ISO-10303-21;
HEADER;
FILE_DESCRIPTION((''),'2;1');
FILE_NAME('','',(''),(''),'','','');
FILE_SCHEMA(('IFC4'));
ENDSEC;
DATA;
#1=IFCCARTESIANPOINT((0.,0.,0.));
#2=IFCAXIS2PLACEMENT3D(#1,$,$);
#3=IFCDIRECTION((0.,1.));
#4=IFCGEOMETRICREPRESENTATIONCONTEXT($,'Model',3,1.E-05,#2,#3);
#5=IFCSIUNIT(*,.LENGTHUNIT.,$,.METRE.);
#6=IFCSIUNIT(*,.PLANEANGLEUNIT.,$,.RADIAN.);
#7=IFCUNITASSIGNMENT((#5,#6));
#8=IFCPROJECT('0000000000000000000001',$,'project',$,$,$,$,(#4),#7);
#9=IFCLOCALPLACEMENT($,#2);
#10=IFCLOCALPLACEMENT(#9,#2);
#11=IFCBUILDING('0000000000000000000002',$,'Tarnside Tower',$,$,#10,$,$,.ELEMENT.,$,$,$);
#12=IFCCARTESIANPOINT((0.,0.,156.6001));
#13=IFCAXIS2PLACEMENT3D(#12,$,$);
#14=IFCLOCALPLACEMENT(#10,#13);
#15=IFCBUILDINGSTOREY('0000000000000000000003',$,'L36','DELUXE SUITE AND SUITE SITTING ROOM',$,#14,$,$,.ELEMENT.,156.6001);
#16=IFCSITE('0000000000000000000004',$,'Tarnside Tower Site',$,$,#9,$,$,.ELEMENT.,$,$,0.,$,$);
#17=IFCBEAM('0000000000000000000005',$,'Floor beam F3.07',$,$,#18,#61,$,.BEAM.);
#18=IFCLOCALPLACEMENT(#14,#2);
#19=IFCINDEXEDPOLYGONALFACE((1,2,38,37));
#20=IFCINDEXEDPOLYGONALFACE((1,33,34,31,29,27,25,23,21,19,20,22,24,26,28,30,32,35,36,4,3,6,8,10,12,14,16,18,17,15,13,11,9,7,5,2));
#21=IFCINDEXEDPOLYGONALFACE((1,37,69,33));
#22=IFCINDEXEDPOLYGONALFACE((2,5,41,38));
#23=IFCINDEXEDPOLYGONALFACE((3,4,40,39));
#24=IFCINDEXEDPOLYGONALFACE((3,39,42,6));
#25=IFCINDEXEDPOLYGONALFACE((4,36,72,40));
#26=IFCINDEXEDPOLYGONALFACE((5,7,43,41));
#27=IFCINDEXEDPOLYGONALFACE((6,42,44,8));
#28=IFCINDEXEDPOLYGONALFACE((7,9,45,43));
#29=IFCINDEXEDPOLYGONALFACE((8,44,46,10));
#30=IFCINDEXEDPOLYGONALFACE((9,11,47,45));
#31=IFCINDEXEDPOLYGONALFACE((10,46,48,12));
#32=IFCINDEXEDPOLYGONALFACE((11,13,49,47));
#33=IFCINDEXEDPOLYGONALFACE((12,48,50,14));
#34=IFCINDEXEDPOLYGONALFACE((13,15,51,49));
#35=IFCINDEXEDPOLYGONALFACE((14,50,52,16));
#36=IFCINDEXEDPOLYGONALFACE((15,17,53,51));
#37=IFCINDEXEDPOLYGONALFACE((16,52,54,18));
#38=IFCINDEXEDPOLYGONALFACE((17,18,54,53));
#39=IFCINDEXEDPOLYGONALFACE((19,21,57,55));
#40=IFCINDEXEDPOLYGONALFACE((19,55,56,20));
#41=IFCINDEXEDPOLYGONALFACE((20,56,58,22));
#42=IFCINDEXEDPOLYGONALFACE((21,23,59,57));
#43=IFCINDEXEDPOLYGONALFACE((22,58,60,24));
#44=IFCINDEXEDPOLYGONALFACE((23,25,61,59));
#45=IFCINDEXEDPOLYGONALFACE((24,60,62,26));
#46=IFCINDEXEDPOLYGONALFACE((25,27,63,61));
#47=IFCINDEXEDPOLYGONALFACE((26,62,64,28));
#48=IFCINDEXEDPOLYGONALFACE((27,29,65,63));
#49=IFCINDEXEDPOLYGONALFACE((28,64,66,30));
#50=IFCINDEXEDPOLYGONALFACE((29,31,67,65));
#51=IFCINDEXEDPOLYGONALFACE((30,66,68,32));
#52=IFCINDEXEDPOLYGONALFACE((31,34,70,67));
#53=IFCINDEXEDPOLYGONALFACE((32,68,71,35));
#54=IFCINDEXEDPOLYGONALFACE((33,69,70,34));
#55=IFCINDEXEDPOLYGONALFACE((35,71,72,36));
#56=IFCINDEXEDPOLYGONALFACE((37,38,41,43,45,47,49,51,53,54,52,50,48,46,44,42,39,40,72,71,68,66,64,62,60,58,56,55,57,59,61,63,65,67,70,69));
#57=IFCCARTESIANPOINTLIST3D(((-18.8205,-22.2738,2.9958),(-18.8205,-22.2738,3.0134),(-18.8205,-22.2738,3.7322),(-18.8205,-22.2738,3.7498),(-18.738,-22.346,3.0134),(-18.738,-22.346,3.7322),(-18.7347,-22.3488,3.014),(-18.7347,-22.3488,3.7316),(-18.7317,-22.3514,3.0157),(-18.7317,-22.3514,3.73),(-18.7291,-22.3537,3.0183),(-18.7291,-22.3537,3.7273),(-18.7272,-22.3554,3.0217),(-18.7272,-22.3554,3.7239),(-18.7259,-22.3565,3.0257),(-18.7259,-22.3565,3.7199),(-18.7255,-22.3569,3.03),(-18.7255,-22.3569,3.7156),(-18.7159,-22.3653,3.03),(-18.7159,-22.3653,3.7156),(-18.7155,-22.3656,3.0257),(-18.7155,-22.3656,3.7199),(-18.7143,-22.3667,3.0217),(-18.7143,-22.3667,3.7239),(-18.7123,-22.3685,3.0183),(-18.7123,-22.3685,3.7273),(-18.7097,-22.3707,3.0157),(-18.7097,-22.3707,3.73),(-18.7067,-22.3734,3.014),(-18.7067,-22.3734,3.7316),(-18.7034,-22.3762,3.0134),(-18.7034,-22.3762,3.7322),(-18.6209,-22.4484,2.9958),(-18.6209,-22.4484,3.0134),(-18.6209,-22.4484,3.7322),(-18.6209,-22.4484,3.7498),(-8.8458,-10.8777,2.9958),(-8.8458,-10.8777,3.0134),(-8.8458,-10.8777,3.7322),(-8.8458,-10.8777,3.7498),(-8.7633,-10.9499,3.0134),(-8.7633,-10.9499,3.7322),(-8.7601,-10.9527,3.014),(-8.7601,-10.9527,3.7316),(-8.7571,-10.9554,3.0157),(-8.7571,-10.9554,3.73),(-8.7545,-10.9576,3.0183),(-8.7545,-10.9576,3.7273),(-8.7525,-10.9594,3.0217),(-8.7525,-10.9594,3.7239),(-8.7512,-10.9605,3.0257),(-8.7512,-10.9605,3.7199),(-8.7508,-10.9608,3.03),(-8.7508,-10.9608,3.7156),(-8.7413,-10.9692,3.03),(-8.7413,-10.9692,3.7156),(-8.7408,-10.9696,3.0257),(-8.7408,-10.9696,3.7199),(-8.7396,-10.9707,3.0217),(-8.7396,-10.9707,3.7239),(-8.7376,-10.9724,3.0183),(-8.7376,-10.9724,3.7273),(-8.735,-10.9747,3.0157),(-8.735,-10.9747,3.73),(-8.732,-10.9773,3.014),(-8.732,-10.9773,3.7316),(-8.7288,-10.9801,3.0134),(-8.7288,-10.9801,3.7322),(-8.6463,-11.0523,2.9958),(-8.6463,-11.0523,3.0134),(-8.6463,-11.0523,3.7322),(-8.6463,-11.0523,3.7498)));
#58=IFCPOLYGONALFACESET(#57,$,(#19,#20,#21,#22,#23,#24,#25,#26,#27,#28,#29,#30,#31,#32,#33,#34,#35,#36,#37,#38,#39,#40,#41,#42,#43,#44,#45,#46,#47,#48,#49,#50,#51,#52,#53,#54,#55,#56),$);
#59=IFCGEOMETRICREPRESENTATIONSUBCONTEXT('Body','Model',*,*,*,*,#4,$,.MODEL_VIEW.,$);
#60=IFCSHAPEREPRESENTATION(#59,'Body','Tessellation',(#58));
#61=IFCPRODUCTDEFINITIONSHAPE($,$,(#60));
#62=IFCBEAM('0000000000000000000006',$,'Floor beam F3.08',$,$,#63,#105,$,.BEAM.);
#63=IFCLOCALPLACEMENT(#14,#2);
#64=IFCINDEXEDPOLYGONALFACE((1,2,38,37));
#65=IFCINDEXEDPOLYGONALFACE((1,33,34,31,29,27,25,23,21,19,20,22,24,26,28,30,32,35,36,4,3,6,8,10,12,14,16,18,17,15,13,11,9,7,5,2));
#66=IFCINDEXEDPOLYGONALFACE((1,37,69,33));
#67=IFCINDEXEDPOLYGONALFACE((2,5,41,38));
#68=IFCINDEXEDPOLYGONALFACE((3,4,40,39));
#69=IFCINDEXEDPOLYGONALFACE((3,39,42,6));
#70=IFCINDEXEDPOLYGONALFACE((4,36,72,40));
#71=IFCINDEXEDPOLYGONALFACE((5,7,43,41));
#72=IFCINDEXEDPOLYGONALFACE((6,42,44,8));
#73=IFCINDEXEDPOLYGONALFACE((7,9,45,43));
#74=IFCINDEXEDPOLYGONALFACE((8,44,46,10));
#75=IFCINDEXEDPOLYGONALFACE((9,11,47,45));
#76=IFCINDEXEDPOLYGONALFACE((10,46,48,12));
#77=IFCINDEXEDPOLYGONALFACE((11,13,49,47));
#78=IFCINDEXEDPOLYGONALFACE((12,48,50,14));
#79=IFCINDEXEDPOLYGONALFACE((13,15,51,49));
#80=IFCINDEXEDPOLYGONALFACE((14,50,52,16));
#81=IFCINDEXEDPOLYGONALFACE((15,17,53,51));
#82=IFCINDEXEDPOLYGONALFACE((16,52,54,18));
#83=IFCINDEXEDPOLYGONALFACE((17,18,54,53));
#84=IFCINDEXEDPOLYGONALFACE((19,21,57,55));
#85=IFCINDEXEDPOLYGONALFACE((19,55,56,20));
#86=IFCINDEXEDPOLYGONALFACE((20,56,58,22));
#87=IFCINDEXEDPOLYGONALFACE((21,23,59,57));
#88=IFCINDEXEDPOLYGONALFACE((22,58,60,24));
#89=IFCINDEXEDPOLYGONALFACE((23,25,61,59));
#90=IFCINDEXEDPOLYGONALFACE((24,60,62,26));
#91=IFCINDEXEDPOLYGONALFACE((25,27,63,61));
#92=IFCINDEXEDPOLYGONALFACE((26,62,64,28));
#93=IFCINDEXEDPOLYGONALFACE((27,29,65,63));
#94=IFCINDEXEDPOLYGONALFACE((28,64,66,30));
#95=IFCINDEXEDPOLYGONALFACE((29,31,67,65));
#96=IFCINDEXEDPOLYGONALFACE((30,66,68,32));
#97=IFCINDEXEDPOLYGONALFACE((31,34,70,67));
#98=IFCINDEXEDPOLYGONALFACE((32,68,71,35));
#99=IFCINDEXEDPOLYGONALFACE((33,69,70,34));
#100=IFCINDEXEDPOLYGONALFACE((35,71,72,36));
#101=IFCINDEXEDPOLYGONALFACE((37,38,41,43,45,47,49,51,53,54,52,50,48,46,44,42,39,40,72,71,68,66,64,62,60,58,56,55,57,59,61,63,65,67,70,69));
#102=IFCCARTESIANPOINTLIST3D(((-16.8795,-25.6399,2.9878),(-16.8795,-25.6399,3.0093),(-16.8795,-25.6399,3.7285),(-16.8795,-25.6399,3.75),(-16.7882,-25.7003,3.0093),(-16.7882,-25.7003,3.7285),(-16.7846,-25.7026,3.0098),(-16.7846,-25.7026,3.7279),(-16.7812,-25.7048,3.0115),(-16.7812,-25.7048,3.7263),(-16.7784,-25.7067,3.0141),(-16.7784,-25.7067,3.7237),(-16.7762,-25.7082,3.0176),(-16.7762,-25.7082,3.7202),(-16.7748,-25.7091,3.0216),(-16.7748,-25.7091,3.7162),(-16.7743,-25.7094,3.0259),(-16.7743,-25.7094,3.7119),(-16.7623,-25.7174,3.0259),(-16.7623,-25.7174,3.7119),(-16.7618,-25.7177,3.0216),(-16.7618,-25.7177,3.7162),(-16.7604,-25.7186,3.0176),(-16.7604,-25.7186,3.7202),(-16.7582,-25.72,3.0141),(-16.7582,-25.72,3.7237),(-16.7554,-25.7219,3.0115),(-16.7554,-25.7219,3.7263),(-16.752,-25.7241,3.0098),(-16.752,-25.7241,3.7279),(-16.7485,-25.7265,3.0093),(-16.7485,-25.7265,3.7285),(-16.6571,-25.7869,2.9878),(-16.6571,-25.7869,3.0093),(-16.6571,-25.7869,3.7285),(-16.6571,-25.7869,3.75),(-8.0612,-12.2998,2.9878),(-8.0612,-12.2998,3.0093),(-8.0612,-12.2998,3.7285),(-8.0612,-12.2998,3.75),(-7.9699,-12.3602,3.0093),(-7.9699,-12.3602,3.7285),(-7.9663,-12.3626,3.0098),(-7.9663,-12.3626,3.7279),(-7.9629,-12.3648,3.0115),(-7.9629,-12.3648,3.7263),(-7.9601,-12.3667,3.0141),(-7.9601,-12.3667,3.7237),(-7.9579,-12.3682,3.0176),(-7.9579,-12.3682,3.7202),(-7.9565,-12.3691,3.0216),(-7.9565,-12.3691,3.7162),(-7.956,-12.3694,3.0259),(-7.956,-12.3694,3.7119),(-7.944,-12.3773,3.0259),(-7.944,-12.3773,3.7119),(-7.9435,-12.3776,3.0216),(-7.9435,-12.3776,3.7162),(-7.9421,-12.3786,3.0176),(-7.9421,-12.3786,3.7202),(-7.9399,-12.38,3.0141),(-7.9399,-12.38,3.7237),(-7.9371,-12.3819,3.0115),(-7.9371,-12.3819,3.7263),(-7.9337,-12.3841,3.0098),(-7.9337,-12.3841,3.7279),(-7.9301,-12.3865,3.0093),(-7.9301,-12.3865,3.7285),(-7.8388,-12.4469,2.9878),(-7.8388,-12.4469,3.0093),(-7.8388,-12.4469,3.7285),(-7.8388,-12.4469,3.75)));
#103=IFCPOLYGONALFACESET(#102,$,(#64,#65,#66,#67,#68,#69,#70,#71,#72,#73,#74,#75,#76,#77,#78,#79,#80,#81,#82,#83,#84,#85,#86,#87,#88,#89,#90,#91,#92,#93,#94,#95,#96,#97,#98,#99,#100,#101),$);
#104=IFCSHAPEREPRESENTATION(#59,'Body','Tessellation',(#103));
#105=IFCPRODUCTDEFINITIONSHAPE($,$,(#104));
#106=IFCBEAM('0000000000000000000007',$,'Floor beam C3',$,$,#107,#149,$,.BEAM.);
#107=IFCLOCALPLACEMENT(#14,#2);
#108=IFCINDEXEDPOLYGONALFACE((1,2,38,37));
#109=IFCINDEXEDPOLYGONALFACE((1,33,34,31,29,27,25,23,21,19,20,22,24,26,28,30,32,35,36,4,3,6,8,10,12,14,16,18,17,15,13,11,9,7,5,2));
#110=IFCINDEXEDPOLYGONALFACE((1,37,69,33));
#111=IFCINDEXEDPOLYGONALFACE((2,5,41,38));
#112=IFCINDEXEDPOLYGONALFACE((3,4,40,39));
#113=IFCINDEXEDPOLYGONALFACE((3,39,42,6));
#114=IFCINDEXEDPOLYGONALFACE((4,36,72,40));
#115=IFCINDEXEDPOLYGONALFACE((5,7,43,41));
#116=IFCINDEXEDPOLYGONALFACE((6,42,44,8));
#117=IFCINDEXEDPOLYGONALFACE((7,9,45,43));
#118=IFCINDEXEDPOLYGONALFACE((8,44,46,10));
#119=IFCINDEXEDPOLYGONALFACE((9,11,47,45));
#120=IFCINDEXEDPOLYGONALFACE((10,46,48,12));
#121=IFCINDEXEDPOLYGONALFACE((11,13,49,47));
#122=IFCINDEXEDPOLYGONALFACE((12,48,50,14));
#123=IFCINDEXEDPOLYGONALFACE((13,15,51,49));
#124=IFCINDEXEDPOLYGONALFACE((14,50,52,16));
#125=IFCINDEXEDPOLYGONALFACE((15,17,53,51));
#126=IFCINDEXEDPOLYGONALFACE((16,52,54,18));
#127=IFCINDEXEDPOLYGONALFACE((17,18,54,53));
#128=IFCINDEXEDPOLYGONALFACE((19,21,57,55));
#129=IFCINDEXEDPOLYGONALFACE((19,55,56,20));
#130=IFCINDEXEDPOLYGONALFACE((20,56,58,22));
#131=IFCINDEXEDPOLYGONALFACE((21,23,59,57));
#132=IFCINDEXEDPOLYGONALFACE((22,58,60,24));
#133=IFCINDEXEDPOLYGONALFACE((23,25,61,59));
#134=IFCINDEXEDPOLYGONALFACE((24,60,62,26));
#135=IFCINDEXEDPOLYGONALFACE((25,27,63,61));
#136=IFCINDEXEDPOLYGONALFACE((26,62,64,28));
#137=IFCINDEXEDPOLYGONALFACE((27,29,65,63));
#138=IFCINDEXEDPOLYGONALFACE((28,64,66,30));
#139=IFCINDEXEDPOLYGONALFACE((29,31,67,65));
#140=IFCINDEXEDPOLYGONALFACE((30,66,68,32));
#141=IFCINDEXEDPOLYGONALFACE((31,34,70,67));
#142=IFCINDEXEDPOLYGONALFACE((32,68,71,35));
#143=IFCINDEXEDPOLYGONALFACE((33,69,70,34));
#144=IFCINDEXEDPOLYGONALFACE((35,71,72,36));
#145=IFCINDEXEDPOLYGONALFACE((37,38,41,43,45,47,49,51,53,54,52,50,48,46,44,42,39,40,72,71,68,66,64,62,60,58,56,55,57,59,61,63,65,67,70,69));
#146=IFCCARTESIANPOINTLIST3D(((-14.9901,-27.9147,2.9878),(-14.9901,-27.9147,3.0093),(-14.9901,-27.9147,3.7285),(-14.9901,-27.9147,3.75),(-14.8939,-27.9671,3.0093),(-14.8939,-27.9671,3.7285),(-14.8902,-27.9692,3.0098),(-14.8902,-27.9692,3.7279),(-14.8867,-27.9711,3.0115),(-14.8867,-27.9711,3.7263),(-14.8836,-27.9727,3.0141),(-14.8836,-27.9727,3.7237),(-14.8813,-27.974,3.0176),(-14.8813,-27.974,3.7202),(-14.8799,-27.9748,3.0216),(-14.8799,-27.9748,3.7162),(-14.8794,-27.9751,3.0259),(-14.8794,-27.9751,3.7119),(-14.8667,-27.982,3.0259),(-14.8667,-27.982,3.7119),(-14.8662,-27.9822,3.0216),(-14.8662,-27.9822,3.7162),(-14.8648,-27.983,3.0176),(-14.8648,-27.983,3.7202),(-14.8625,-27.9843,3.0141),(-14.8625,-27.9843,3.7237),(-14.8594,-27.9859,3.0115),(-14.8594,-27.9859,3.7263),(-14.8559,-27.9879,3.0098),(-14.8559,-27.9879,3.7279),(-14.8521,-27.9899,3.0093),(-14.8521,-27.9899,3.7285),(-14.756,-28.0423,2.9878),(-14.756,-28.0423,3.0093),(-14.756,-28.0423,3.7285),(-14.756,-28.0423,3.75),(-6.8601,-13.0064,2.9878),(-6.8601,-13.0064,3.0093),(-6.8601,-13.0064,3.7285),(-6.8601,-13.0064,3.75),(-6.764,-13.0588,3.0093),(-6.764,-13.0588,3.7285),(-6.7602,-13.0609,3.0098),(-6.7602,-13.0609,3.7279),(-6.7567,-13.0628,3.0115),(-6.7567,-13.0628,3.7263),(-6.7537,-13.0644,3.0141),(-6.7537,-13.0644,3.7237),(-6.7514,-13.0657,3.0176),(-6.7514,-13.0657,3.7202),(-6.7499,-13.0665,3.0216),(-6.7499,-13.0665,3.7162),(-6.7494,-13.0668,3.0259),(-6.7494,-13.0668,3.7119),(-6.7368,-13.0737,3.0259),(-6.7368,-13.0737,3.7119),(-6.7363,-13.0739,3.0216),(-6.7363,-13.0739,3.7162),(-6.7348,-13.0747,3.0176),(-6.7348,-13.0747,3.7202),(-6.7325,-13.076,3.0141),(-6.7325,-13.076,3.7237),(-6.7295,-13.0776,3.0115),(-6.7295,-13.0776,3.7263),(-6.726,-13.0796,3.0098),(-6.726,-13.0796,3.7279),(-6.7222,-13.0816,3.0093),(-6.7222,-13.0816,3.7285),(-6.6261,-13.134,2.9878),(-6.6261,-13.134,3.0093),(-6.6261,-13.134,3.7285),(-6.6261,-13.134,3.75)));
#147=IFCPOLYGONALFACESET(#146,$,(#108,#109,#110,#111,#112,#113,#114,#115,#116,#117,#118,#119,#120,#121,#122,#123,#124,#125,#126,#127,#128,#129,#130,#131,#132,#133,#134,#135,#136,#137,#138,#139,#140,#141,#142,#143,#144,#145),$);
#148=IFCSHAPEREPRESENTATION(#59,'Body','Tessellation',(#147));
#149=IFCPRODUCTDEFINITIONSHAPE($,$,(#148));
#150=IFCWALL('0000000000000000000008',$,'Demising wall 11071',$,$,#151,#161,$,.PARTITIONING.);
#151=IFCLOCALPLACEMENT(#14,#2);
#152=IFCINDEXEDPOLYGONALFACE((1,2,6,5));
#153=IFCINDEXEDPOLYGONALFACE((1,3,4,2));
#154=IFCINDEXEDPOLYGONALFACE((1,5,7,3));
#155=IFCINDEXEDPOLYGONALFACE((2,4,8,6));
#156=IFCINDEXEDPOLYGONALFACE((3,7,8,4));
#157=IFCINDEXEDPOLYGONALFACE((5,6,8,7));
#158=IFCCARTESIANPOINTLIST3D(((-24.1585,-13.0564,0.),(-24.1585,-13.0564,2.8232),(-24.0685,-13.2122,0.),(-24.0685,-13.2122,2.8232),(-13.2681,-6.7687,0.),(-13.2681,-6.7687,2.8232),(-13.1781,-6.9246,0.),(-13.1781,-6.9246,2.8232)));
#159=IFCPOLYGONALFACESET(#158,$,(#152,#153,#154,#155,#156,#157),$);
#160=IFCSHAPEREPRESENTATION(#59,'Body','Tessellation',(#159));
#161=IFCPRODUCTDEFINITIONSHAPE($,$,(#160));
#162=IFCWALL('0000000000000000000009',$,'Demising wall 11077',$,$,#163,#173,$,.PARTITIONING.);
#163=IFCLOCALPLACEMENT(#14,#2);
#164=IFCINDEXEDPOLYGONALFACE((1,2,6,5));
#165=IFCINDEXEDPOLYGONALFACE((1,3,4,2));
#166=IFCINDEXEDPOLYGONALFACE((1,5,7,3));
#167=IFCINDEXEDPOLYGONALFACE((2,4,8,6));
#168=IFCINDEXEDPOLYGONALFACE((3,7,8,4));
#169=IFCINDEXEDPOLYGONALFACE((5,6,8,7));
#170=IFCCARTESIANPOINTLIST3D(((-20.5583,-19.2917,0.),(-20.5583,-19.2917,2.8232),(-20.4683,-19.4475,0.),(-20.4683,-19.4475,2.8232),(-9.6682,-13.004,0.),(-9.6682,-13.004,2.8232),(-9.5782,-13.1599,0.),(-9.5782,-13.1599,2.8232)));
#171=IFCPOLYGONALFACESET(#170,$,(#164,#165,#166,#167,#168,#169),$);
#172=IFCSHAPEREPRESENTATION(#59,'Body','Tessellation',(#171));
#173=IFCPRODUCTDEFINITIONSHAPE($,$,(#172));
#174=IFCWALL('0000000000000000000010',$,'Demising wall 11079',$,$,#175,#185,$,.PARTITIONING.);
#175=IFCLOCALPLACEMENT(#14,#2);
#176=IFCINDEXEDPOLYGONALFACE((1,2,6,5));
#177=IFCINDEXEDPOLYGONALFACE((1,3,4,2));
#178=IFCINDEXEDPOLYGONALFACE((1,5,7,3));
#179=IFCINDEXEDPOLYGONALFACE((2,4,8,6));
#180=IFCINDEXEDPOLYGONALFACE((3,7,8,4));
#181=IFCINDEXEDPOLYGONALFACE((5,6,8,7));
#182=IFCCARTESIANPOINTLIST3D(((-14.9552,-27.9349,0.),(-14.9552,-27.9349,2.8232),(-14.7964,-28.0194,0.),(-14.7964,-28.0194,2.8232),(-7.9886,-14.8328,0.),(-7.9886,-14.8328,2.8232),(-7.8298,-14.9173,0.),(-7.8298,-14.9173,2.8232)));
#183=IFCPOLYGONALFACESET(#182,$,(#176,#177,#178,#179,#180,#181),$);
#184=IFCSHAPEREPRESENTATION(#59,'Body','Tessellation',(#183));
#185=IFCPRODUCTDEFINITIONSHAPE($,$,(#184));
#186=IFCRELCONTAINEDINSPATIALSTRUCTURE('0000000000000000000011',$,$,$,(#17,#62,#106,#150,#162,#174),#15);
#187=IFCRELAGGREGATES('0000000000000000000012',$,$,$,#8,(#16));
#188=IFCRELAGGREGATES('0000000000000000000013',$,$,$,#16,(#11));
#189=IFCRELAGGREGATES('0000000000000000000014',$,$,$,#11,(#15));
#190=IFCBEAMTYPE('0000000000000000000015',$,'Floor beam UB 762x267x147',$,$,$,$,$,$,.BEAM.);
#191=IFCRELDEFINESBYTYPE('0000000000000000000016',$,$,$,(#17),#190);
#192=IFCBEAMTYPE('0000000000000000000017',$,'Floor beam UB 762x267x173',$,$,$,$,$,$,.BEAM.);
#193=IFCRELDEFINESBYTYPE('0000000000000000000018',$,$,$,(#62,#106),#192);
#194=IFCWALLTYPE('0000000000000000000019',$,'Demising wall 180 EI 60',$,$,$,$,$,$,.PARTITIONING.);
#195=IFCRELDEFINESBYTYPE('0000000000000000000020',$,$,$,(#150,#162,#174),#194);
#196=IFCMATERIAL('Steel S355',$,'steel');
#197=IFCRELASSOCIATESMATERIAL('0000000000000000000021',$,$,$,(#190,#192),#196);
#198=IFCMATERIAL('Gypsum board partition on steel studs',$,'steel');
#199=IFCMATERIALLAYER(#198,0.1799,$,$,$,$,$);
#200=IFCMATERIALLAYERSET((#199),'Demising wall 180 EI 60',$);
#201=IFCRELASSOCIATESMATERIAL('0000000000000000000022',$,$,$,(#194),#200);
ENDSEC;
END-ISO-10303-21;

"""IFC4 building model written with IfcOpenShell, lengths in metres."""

from ifc_helpers import new_model, si_unit, direction, frame, frame_2d, origin, origin_2d, place, context, subcontext, project, spatial, rectangle, i_section, extrude, material, layer, layer_set, material_profile, profile_set, type_object, element, save


model = new_model("IFC4")

# Units and contexts
model_context = context("Model", 3, precision=1e-05, world=origin(), true_north=direction((0.0, 1.0)))
body_context = subcontext(model_context, "Body", "Model", "MODEL_VIEW")
ifc_project = project(units=[si_unit("LENGTHUNIT", "METRE"), si_unit("PLANEANGLEUNIT", "RADIAN")], contexts=[model_context])

# Site, building, storey
site_placement = place(None, origin())
site = spatial("IfcSite", under=ifc_project, at=site_placement, Name="Tarnside Tower Site", CompositionType="ELEMENT", RefElevation=0.0)
building_placement = place(site_placement, origin())
building = spatial("IfcBuilding", under=site, at=building_placement, Name="Tarnside Tower", CompositionType="ELEMENT")
storey_placement = place(building_placement, frame((0.0, 0.0, 156.6001)))
storey = spatial("IfcBuildingStorey", under=building, at=storey_placement, Name="L36", Description="DELUXE SUITE AND SUITE SITTING ROOM", CompositionType="ELEMENT", Elevation=156.6001)

# Beams
ifc_material_1 = material(Name="Steel S355", Category="steel")
ifc_material_profile_1 = material_profile(ifc_material_1, i_section(OverallWidth=0.2651, OverallDepth=0.7539, WebThickness=0.0127, FlangeThickness=0.0176, FilletRadius=0.0166, at=origin_2d()), Name="UB 762x267x147")
ifc_profile_set_1 = profile_set([ifc_material_profile_1], Name="Steel S355")
beam_type_1 = type_object("IfcBeamType", Name="Floor beam UB 762x267x147", PredefinedType="BEAM", material=ifc_profile_set_1)
beam_1_placement = place(storey_placement, frame((-18.7207, -22.3611, 3.3728), z_axis=(0.658621, 0.752475, 0.0), x_axis=(-0.752475, 0.658621, 0.0)))
element("IfcBeam", 1, at=beam_1_placement, inside=storey, type_object=beam_type_1, Name="Floor beam F3.07", PredefinedType="BEAM", context=body_context, shape_type="SweptSolid", body=[
    extrude(i_section(OverallWidth=0.2651, OverallDepth=0.7539, WebThickness=0.0127, FlangeThickness=0.0176, FilletRadius=0.0166, at=origin_2d()), origin(), (0.0, 0.0, 1.0), 15.1448),
])
ifc_material_profile_2 = material_profile(ifc_material_1, i_section(OverallWidth=0.2666, OverallDepth=0.7622, WebThickness=0.0144, FlangeThickness=0.0215, FilletRadius=0.0166, at=origin_2d()), Name="UB 762x267x173")
ifc_profile_set_2 = profile_set([ifc_material_profile_2], Name="Steel S355")
beam_type_2 = type_object("IfcBeamType", Name="Floor beam UB 762x267x173", PredefinedType="BEAM", material=ifc_profile_set_2)
beam_2_placement = place(storey_placement, frame((-16.7683, -25.7134, 3.3689), z_axis=(0.551448, 0.83421, 0.0), x_axis=(-0.83421, 0.551448, 0.0)))
element("IfcBeam", 2, at=beam_2_placement, inside=storey, type_object=beam_type_2, Name="Floor beam F3.08", PredefinedType="BEAM", context=body_context, shape_type="SweptSolid", body=[
    extrude(i_section(OverallWidth=0.2666, OverallDepth=0.7622, WebThickness=0.0144, FlangeThickness=0.0215, FilletRadius=0.0166, at=origin_2d()), origin(), (0.0, 0.0, 1.0), 15.9912),
])
beam_3_placement = place(storey_placement, frame((-14.873, -27.9785, 3.3689), z_axis=(0.478768, 0.877942, 0.0), x_axis=(-0.877942, 0.478768, 0.0)))
element("IfcBeam", 3, at=beam_3_placement, inside=storey, type_object=beam_type_2, Name="Floor beam C3", PredefinedType="BEAM", context=body_context, shape_type="SweptSolid", body=[
    extrude(i_section(OverallWidth=0.2666, OverallDepth=0.7622, WebThickness=0.0144, FlangeThickness=0.0215, FilletRadius=0.0166, at=origin_2d()), origin(), (0.0, 0.0, 1.0), 16.981),
])

# Walls
ifc_material_2 = material(Name="Gypsum board partition on steel studs", Category="steel")
ifc_layer_1 = layer(ifc_material_2, 0.1799)
ifc_layer_set_1 = layer_set([ifc_layer_1], Name="Demising wall 180 EI 60")
wall_type_1 = type_object("IfcWallType", Name="Demising wall 180 EI 60", PredefinedType="PARTITIONING", material=ifc_layer_set_1)
wall_1_placement = place(storey_placement, frame((-24.1135, -13.1343, 0.0), z_axis=(0.0, 0.0, 1.0), x_axis=(0.866024, 0.500002, 0.0)))
element("IfcWall", 4, at=wall_1_placement, inside=storey, type_object=wall_type_1, Name="Demising wall 11071", PredefinedType="PARTITIONING", context=body_context, shape_type="SweptSolid", body=[
    extrude(rectangle(XDim=12.5752, YDim=0.1799, at=frame_2d((6.2876, 0.0))), origin(), (0.0, 0.0, 1.0), 2.8232),
])
wall_2_placement = place(storey_placement, frame((-20.5134, -19.3696, 0.0), z_axis=(0.0, 0.0, 1.0), x_axis=(0.866019, 0.50001, 0.0)))
element("IfcWall", 5, at=wall_2_placement, inside=storey, type_object=wall_type_1, Name="Demising wall 11077", PredefinedType="PARTITIONING", context=body_context, shape_type="SweptSolid", body=[
    extrude(rectangle(XDim=12.575, YDim=0.1799, at=frame_2d((6.2876, 0.0))), origin(), (0.0, 0.0, 1.0), 2.8232),
])
wall_3_placement = place(storey_placement, frame((-14.8757, -27.9771, 0.0), z_axis=(0.0, 0.0, 1.0), x_axis=(0.469475, 0.882946, 0.0)))
element("IfcWall", 6, at=wall_3_placement, inside=storey, type_object=wall_type_1, Name="Demising wall 11079", PredefinedType="PARTITIONING", context=body_context, shape_type="SweptSolid", body=[
    extrude(rectangle(XDim=14.8391, YDim=0.1799, at=frame_2d((7.4194, 0.0))), origin(), (0.0, 0.0, 1.0), 2.8232),
])

save(model, "model.ifc")
